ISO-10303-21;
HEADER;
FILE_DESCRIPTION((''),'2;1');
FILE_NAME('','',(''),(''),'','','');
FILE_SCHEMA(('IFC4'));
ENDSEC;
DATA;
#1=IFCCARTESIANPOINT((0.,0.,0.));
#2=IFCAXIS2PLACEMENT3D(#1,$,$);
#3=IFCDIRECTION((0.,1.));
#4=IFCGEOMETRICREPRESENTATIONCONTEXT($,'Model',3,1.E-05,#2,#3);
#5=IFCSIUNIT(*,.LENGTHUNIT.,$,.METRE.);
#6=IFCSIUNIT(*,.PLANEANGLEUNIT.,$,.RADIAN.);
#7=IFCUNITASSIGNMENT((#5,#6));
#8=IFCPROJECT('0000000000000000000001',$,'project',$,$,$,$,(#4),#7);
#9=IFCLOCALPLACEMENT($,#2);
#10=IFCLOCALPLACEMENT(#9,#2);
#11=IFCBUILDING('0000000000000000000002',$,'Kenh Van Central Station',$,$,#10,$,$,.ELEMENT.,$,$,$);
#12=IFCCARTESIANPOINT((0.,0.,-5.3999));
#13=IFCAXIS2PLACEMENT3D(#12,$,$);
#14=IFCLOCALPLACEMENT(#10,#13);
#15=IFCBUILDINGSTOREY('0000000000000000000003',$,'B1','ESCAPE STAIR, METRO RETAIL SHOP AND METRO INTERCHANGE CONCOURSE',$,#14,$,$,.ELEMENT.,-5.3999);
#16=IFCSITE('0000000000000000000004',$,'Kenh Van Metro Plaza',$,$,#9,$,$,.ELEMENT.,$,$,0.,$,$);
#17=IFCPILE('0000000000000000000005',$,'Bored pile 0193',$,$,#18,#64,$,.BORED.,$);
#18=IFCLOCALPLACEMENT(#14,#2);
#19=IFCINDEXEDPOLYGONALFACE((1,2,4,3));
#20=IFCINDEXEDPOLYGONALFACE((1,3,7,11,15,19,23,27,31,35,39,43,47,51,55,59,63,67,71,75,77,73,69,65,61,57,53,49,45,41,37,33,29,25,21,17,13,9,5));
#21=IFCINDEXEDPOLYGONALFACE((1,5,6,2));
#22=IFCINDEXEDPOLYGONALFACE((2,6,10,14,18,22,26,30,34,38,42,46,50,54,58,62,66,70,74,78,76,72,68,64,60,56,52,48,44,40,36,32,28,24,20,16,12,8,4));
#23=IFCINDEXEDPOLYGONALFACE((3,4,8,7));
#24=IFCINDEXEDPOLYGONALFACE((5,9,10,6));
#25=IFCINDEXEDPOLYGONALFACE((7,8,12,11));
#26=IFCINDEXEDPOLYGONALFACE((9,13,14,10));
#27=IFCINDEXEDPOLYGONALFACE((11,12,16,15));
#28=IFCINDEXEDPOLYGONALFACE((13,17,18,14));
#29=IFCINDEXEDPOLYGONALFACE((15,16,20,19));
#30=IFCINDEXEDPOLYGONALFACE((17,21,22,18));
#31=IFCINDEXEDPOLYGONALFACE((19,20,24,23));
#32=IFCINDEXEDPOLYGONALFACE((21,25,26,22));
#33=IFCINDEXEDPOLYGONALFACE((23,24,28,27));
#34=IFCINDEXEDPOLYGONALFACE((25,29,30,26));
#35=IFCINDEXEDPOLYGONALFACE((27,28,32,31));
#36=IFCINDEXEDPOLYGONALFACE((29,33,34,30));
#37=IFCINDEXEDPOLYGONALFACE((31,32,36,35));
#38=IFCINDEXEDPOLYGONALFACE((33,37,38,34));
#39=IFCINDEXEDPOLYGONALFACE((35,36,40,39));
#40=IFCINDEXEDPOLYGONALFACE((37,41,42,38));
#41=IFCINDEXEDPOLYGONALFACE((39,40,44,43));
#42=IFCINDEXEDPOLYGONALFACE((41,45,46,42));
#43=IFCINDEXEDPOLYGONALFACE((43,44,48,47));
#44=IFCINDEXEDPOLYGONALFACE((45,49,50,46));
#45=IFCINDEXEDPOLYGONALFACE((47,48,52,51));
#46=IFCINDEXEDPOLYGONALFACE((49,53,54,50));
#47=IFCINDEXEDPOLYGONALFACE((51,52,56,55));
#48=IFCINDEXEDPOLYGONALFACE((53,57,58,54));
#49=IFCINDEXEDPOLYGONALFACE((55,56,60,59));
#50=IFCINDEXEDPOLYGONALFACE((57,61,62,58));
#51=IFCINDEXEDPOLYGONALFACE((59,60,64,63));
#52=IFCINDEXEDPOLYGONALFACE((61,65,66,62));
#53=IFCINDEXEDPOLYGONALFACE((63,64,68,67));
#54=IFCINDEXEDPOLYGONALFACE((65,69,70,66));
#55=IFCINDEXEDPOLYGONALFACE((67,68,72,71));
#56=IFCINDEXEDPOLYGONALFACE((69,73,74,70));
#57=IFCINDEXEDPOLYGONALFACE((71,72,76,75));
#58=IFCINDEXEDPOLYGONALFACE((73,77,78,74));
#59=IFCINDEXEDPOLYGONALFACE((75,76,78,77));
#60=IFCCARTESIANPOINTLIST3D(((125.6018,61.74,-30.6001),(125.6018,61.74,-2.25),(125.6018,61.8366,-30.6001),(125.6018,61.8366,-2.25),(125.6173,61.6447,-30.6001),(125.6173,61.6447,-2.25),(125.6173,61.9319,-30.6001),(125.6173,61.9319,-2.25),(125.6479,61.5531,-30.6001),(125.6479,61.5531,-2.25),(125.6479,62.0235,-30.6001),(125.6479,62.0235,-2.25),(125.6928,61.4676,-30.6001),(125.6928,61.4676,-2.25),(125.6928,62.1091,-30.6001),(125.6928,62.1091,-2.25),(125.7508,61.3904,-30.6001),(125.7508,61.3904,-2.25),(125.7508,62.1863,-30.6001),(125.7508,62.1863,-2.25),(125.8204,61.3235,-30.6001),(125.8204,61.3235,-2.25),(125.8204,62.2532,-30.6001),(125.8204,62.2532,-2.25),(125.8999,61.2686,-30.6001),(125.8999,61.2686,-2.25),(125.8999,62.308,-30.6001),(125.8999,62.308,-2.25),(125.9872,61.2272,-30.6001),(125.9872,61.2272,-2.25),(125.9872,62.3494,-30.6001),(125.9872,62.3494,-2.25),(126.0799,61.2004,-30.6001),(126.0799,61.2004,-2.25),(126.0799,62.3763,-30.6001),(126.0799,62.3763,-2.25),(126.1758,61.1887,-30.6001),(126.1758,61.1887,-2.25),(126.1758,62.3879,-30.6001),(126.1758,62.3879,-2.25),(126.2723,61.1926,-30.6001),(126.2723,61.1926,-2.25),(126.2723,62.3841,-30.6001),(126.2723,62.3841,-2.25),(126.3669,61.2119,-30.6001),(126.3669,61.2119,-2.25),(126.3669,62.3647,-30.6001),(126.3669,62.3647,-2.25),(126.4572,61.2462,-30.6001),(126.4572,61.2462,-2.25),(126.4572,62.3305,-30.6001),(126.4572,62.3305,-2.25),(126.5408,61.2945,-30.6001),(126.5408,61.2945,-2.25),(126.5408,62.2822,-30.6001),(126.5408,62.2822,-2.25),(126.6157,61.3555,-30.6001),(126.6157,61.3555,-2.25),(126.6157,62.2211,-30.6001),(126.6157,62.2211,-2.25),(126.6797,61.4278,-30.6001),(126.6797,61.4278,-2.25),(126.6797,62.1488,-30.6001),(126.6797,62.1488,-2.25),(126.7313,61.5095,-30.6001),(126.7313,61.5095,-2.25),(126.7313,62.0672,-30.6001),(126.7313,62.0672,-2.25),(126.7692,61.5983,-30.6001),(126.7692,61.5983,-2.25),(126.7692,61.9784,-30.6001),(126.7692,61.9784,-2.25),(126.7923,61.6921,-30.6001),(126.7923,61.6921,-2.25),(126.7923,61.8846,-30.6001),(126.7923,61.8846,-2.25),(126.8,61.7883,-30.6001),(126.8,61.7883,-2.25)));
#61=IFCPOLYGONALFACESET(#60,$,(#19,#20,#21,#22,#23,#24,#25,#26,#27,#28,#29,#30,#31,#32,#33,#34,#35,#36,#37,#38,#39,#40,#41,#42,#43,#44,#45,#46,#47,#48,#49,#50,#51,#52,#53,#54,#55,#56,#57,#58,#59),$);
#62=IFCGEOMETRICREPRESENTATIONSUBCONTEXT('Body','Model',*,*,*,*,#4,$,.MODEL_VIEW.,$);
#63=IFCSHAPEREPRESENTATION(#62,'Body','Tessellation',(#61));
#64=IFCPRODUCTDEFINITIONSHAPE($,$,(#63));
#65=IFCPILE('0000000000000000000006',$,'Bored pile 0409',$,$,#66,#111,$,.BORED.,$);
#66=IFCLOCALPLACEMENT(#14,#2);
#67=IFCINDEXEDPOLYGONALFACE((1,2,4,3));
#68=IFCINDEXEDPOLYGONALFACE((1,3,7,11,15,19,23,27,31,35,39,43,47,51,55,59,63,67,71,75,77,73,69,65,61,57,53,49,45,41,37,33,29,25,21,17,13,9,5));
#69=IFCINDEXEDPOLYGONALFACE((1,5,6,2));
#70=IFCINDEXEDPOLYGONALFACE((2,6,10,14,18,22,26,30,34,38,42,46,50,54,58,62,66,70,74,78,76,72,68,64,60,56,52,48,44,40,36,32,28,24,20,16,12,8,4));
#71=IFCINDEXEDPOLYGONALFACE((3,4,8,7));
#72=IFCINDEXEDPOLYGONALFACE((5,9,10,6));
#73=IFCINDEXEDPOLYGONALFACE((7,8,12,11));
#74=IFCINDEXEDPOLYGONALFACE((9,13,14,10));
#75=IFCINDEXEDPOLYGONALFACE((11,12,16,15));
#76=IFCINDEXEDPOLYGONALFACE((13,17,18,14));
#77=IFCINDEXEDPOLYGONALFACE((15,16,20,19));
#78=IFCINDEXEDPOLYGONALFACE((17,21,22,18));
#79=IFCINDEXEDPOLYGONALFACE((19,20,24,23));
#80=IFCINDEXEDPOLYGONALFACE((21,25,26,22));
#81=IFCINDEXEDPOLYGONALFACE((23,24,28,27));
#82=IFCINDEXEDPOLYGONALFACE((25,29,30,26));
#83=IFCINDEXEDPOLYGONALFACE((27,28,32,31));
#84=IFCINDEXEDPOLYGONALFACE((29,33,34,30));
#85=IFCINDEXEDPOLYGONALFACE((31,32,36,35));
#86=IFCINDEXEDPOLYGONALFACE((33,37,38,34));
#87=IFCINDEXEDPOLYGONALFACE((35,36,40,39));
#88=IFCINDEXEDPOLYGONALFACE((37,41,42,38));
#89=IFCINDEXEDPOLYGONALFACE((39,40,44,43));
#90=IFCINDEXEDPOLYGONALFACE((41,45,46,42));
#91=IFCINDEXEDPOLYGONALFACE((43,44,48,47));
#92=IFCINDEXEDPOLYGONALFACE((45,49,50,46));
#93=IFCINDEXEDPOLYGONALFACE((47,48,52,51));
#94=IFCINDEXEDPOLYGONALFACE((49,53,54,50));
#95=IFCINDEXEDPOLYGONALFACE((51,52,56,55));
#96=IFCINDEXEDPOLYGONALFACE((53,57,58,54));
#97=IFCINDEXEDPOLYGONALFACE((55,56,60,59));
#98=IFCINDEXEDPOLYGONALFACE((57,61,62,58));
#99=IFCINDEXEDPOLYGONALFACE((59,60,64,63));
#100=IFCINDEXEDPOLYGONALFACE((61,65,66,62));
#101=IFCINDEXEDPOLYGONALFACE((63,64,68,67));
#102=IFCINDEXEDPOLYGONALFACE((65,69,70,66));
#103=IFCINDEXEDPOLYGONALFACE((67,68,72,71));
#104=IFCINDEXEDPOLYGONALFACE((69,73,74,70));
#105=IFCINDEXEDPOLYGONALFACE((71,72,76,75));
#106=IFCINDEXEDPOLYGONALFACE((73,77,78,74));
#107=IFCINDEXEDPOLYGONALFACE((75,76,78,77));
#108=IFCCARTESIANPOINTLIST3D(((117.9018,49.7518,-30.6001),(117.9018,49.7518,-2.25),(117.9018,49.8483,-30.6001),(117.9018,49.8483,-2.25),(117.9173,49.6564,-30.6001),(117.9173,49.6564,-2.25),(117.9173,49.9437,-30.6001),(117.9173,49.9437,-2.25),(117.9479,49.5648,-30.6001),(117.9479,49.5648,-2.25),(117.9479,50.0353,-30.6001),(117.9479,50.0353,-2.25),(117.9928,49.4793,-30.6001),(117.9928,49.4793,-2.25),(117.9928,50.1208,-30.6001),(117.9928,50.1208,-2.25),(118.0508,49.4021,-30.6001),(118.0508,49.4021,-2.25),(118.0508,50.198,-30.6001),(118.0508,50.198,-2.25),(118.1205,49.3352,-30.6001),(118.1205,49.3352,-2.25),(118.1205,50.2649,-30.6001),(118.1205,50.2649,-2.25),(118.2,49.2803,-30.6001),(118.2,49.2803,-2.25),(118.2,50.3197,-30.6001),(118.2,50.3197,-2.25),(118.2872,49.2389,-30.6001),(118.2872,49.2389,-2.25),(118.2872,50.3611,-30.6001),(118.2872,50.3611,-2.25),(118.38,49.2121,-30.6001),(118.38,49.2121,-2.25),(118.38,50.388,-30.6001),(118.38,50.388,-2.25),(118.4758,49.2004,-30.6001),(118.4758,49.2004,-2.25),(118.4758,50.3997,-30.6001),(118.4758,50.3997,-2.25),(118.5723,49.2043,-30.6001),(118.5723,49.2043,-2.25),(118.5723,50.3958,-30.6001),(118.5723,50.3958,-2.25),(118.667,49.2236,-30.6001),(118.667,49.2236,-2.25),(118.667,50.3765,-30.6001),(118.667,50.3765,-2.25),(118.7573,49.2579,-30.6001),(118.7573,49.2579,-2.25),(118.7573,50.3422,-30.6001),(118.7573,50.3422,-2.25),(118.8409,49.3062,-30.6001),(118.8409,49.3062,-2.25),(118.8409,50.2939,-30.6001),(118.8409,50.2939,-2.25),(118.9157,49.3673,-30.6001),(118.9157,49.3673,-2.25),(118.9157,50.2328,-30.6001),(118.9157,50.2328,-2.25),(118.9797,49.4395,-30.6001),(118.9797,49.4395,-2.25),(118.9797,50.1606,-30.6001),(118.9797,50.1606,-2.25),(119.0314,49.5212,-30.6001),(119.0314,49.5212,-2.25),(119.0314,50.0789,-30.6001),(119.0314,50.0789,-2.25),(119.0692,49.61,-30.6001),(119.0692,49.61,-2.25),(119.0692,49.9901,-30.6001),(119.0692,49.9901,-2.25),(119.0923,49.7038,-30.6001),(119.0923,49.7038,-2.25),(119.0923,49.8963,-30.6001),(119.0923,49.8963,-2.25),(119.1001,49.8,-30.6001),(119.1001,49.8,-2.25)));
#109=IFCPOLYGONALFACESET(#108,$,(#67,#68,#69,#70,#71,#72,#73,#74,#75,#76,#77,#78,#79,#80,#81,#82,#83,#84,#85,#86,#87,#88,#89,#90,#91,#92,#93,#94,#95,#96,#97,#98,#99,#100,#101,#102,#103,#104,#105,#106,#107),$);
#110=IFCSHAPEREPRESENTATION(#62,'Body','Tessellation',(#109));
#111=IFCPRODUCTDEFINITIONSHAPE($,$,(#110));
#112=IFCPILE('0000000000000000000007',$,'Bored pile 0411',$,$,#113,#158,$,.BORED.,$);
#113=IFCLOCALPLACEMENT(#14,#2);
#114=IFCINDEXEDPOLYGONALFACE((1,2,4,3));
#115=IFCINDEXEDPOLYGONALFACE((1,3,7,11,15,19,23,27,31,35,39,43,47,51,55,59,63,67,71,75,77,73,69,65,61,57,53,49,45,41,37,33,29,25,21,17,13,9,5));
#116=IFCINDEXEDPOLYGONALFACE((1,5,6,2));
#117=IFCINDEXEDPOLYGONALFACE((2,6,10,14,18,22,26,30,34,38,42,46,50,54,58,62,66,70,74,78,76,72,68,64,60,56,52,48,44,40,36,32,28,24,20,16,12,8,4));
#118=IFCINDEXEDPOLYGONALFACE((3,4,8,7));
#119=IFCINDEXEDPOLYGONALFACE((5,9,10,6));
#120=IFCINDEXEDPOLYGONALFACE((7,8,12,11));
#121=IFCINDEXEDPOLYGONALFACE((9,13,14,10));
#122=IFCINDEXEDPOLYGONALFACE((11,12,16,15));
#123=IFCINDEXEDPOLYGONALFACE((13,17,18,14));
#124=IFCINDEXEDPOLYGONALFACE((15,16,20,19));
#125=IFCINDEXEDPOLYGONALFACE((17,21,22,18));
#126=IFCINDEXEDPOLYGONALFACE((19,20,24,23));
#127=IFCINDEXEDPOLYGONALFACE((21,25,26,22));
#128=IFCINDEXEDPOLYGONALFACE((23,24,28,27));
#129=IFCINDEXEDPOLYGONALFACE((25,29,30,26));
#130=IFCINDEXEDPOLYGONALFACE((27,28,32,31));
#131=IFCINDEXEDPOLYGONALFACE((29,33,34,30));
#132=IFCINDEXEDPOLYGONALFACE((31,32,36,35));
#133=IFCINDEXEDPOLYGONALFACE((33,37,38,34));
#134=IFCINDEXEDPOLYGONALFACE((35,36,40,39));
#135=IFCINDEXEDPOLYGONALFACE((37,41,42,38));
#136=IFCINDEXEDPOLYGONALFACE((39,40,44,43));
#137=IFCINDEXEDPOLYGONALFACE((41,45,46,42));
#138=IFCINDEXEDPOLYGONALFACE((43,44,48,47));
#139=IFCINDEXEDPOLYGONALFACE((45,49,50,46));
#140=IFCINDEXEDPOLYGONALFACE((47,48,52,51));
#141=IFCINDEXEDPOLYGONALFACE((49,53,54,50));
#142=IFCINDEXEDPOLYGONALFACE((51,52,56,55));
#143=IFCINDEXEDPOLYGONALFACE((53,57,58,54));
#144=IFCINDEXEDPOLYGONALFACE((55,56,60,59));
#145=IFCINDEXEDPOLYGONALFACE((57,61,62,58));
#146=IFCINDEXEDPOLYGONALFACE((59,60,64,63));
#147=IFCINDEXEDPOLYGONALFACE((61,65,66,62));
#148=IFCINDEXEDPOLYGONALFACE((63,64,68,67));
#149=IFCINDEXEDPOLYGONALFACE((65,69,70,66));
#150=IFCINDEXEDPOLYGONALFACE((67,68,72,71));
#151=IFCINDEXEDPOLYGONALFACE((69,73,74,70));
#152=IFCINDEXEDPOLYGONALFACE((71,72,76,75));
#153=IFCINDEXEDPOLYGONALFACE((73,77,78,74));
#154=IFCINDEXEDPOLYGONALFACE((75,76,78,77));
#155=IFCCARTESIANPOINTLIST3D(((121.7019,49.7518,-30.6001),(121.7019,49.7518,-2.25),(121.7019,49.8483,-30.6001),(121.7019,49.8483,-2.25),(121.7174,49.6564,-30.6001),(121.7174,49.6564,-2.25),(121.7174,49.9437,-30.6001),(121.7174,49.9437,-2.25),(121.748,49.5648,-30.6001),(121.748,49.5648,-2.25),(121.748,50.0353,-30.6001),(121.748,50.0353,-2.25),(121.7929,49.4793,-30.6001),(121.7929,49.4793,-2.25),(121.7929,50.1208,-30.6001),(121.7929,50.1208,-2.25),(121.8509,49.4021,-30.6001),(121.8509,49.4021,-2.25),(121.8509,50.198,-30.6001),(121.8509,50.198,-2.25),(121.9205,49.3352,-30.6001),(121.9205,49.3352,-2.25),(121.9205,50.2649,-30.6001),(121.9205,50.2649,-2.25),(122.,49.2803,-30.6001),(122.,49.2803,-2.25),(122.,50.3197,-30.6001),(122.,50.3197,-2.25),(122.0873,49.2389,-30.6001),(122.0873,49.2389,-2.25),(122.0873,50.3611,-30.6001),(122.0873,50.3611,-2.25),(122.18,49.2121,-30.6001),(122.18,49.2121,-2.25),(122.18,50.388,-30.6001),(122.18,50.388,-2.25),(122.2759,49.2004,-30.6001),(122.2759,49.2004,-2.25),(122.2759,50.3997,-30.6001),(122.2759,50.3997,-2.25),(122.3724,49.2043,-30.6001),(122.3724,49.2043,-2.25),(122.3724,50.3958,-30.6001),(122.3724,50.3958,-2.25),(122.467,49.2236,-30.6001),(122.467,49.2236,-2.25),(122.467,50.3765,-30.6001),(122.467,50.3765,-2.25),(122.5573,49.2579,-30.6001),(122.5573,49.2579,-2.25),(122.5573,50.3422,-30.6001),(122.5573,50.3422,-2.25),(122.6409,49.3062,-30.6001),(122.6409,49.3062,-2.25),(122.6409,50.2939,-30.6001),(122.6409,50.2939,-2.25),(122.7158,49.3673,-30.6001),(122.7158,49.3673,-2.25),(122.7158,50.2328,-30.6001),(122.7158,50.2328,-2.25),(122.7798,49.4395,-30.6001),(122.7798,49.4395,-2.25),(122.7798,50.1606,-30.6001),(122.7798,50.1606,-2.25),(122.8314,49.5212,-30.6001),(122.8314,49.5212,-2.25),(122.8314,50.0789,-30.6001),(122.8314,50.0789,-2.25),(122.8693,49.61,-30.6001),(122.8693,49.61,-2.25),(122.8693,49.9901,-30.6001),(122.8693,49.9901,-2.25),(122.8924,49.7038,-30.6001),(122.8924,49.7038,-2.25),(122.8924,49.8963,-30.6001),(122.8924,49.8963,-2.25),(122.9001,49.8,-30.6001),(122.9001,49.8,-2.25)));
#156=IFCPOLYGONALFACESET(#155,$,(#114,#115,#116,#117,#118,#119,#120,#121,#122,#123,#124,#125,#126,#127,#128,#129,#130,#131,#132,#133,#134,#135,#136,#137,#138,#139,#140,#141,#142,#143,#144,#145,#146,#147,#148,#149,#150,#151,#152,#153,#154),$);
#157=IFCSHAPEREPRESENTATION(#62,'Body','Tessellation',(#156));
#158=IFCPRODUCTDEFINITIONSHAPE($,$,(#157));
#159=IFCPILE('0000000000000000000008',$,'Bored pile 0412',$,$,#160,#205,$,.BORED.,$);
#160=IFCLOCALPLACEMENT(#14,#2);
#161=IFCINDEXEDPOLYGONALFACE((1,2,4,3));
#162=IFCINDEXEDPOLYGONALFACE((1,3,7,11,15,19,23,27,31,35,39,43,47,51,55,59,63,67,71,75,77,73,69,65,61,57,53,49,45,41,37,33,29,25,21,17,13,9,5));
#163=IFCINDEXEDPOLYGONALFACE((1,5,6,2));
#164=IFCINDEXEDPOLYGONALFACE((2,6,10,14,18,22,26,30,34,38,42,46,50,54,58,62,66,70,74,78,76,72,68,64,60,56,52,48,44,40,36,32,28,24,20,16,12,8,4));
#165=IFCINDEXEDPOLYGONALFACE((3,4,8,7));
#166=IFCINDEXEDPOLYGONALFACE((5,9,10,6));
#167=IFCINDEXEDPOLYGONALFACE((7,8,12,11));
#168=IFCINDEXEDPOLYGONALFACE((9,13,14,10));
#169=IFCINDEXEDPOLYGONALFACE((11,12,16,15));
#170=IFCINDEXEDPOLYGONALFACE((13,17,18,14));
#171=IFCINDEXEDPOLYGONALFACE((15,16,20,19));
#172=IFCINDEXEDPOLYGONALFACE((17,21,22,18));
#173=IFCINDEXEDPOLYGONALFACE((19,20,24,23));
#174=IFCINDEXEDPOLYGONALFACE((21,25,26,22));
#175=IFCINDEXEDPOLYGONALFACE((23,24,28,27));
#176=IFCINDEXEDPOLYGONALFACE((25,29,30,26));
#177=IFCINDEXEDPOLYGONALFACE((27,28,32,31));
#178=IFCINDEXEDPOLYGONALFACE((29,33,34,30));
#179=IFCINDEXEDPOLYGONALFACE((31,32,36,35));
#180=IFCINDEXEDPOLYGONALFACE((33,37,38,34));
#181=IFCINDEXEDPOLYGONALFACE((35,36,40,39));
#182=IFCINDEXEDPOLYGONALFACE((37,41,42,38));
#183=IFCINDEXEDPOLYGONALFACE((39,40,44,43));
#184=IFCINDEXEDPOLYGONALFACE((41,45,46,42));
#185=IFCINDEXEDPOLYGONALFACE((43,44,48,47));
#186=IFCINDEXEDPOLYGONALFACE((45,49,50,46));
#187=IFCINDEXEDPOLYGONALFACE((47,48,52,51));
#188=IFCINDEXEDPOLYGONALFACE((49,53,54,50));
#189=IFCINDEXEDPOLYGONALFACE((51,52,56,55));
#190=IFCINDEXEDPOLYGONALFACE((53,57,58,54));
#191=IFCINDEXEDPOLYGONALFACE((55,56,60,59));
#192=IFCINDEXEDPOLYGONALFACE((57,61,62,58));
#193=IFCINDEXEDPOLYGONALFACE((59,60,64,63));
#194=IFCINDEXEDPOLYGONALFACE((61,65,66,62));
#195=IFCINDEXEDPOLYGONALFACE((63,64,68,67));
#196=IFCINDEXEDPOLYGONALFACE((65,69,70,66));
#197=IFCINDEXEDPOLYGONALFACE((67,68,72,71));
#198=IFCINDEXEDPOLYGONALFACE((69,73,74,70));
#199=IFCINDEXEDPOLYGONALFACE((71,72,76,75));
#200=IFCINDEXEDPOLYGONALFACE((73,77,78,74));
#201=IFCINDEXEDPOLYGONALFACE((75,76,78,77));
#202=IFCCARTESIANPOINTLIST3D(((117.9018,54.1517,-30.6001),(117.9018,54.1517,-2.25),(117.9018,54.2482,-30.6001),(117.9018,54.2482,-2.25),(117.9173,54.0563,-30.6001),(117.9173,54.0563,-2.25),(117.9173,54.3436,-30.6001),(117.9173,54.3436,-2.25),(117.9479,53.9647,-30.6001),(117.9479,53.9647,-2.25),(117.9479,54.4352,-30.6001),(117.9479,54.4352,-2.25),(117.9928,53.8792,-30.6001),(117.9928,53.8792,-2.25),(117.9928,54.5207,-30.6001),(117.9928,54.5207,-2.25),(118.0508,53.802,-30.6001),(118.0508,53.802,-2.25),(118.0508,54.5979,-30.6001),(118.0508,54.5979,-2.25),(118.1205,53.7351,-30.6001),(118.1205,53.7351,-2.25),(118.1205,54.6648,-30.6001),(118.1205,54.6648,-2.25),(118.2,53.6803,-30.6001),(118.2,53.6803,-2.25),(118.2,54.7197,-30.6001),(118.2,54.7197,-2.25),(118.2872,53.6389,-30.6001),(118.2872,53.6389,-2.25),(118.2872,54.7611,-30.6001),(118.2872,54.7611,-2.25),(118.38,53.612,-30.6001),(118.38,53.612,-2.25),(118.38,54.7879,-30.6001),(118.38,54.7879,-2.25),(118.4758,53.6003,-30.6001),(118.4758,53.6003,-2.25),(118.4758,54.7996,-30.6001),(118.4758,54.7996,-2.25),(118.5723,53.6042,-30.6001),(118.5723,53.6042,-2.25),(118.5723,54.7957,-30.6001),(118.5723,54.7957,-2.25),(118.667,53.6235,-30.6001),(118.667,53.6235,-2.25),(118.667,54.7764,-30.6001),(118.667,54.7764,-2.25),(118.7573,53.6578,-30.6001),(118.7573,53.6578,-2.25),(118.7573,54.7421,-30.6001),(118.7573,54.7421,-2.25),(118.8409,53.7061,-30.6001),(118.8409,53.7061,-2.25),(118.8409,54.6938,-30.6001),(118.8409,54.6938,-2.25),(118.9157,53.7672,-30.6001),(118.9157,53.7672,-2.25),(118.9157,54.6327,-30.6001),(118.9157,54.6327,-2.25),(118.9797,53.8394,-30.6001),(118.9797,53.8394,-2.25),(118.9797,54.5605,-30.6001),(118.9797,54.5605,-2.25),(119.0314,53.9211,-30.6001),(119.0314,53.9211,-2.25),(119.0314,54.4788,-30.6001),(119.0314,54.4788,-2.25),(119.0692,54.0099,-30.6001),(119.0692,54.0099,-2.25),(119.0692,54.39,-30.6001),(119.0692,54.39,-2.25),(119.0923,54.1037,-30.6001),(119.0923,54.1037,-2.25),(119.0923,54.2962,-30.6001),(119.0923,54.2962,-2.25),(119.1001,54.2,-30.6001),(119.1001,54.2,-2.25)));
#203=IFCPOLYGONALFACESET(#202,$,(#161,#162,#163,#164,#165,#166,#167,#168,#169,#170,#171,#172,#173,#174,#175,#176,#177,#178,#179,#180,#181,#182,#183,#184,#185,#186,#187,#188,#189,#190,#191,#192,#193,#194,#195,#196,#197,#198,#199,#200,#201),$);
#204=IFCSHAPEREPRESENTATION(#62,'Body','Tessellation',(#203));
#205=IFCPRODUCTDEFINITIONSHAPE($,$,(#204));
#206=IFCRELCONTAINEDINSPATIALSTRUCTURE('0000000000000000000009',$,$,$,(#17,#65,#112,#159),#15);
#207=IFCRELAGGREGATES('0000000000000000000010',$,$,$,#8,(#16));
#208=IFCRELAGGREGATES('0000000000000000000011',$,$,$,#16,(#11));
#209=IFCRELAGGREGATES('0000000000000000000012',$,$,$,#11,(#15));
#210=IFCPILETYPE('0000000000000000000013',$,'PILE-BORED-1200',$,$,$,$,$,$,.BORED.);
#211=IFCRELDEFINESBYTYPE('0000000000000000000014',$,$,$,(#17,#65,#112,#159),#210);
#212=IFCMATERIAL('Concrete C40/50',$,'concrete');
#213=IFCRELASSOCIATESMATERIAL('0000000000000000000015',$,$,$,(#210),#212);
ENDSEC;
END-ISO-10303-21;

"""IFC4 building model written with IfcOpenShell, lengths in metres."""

from ifc_helpers import new_model, si_unit, direction, frame, origin, origin_2d, place, context, subcontext, project, spatial, circle, extrude, material, material_profile, profile_set, type_object, element, save


model = new_model("IFC4")

# Units and contexts
model_context = context("Model", 3, precision=1e-05, world=origin(), true_north=direction((0.0, 1.0)))
body_context = subcontext(model_context, "Body", "Model", "MODEL_VIEW")
ifc_project = project(units=[si_unit("LENGTHUNIT", "METRE"), si_unit("PLANEANGLEUNIT", "RADIAN")], contexts=[model_context])

# Site, building, storey
site_placement = place(None, origin())
site = spatial("IfcSite", under=ifc_project, at=site_placement, Name="Kenh Van Metro Plaza", CompositionType="ELEMENT", RefElevation=0.0)
building_placement = place(site_placement, origin())
building = spatial("IfcBuilding", under=site, at=building_placement, Name="Kenh Van Central Station", CompositionType="ELEMENT")
storey_placement = place(building_placement, frame((0.0, 0.0, -5.3999)))
storey = spatial("IfcBuildingStorey", under=building, at=storey_placement, Name="B1", Description="ESCAPE STAIR, METRO RETAIL SHOP AND METRO INTERCHANGE CONCOURSE", CompositionType="ELEMENT", Elevation=-5.3999)

# Shared definitions
ifc_material_1 = material(Name="Concrete C40/50", Category="concrete")

# Piles
ifc_material_profile_1 = material_profile(ifc_material_1, circle(Radius=0.6001, at=origin_2d()), Name="PILE D1200")
ifc_profile_set_1 = profile_set([ifc_material_profile_1], Name="Concrete C40/50")
pile_type_1 = type_object("IfcPileType", Name="PILE-BORED-1200", PredefinedType="BORED", material=ifc_profile_set_1)
for number, where, z_axis, x_axis, name in (
    (1, (126.2, 61.7883, -2.25), (0.0, 0.0, -1.0), (1.0, 0.0, 0.0), "Bored pile 0193"),
    (2, (118.5, 49.8, -2.25), (0.0, 0.0, -1.0), (1.0, 0.0, 0.0), "Bored pile 0409"),
    (3, (122.3, 49.8, -2.25), (0.0, 0.0, -1.0), (1.0, 0.0, 0.0), "Bored pile 0411"),
    (4, (118.5, 54.2, -2.25), (0.0, 0.0, -1.0), (1.0, 0.0, 0.0), "Bored pile 0412"),
):
    element("IfcPile", number, at=place(storey_placement, frame(where, z_axis=z_axis, x_axis=x_axis)), inside=storey, type_object=pile_type_1, Name=name, PredefinedType="BORED", context=body_context, shape_type="SweptSolid", body=[
        extrude(circle(Radius=0.6001, at=origin_2d()), origin(), (0.0, 0.0, 1.0), 28.3501),
    ])

save(model, "model.ifc")
